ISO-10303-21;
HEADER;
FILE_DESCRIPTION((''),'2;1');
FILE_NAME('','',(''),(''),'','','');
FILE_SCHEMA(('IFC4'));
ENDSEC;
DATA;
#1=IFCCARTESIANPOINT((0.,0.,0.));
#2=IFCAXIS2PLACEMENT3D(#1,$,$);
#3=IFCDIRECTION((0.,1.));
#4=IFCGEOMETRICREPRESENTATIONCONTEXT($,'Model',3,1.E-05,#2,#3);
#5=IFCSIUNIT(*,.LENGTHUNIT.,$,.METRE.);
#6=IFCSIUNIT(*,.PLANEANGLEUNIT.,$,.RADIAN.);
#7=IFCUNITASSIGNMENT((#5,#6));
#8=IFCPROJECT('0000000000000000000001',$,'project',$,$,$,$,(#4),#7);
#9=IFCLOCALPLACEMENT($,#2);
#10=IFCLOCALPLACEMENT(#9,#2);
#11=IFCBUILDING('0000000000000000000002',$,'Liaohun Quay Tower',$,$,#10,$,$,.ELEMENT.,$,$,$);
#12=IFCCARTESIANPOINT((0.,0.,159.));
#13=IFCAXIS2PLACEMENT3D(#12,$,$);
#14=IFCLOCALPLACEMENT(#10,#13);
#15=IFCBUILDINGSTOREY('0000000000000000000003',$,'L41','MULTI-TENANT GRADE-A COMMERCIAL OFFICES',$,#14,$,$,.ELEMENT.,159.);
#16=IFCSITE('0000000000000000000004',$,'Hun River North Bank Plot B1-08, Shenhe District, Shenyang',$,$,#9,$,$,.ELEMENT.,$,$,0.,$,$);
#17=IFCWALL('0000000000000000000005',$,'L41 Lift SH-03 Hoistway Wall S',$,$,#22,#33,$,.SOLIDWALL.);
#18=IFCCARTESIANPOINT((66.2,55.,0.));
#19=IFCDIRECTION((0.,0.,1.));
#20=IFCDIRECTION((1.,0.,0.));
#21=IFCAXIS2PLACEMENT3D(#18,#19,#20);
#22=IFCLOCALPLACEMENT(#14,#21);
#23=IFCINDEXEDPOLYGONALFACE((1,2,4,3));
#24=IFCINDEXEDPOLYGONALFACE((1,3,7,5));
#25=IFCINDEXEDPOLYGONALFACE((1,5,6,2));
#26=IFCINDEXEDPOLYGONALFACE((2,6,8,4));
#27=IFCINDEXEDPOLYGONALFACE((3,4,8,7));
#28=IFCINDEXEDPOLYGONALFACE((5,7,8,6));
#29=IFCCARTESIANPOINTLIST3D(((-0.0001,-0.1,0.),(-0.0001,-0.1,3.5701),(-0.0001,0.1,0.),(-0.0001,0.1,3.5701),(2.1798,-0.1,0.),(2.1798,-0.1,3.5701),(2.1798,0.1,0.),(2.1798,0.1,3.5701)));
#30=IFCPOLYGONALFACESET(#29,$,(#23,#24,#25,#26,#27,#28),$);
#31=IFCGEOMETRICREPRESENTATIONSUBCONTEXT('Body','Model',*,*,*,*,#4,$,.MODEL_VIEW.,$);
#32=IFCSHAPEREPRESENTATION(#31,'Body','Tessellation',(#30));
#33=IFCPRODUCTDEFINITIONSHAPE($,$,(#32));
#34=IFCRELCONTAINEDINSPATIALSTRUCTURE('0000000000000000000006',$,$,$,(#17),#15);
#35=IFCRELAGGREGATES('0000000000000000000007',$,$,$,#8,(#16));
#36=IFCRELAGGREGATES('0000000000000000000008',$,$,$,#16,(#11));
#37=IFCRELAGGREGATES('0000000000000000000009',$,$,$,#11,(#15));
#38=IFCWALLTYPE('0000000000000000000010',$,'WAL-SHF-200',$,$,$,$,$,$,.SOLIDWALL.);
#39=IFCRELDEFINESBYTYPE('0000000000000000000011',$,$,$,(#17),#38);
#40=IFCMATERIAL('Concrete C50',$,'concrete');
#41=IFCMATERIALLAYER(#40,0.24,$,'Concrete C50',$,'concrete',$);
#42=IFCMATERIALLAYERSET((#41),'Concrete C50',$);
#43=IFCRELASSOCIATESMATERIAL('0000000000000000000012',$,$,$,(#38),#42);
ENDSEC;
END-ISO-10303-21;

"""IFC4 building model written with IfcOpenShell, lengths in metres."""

from ifc_helpers import new_model, si_unit, direction, frame, frame_2d, origin, place, context, subcontext, project, spatial, rectangle, extrude, material, layer, layer_set, type_object, element, save


model = new_model("IFC4")

# Units and contexts
model_context = context("Model", 3, precision=1e-05, world=origin(), true_north=direction((0.0, 1.0)))
body_context = subcontext(model_context, "Body", "Model", "MODEL_VIEW")
ifc_project = project(units=[si_unit("LENGTHUNIT", "METRE"), si_unit("PLANEANGLEUNIT", "RADIAN")], contexts=[model_context])

# Site, building, storey
site_placement = place(None, origin())
site = spatial("IfcSite", under=ifc_project, at=site_placement, Name="Hun River North Bank Plot B1-08, Shenhe District, Shenyang", CompositionType="ELEMENT", RefElevation=0.0)
building_placement = place(site_placement, origin())
building = spatial("IfcBuilding", under=site, at=building_placement, Name="Liaohun Quay Tower", CompositionType="ELEMENT")
storey_placement = place(building_placement, frame((0.0, 0.0, 159.0)))
storey = spatial("IfcBuildingStorey", under=building, at=storey_placement, Name="L41", Description="MULTI-TENANT GRADE-A COMMERCIAL OFFICES", CompositionType="ELEMENT", Elevation=159.0)

# Shared definitions
ifc_material_1 = material(Name="Concrete C50", Category="concrete")
ifc_layer_1 = layer(ifc_material_1, 0.24, Name="Concrete C50", Category="concrete")
ifc_layer_set_1 = layer_set([ifc_layer_1], Name="Concrete C50")
wall_type_1 = type_object("IfcWallType", Name="WAL-SHF-200", PredefinedType="SOLIDWALL", material=ifc_layer_set_1)

# Wall
wall_1_placement = place(storey_placement, frame((66.2, 55.0, 0.0), z_axis=(0.0, 0.0, 1.0), x_axis=(1.0, 0.0, 0.0)))
element("IfcWall", 1, at=wall_1_placement, inside=storey, type_object=wall_type_1, Name="L41 Lift SH-03 Hoistway Wall S", PredefinedType="SOLIDWALL", context=body_context, shape_type="SweptSolid", body=[
    extrude(rectangle(XDim=2.1799, YDim=0.2, at=frame_2d((1.0898, 0.0))), origin(), (0.0, 0.0, 1.0), 3.5701),
])

save(model, "model.ifc")
